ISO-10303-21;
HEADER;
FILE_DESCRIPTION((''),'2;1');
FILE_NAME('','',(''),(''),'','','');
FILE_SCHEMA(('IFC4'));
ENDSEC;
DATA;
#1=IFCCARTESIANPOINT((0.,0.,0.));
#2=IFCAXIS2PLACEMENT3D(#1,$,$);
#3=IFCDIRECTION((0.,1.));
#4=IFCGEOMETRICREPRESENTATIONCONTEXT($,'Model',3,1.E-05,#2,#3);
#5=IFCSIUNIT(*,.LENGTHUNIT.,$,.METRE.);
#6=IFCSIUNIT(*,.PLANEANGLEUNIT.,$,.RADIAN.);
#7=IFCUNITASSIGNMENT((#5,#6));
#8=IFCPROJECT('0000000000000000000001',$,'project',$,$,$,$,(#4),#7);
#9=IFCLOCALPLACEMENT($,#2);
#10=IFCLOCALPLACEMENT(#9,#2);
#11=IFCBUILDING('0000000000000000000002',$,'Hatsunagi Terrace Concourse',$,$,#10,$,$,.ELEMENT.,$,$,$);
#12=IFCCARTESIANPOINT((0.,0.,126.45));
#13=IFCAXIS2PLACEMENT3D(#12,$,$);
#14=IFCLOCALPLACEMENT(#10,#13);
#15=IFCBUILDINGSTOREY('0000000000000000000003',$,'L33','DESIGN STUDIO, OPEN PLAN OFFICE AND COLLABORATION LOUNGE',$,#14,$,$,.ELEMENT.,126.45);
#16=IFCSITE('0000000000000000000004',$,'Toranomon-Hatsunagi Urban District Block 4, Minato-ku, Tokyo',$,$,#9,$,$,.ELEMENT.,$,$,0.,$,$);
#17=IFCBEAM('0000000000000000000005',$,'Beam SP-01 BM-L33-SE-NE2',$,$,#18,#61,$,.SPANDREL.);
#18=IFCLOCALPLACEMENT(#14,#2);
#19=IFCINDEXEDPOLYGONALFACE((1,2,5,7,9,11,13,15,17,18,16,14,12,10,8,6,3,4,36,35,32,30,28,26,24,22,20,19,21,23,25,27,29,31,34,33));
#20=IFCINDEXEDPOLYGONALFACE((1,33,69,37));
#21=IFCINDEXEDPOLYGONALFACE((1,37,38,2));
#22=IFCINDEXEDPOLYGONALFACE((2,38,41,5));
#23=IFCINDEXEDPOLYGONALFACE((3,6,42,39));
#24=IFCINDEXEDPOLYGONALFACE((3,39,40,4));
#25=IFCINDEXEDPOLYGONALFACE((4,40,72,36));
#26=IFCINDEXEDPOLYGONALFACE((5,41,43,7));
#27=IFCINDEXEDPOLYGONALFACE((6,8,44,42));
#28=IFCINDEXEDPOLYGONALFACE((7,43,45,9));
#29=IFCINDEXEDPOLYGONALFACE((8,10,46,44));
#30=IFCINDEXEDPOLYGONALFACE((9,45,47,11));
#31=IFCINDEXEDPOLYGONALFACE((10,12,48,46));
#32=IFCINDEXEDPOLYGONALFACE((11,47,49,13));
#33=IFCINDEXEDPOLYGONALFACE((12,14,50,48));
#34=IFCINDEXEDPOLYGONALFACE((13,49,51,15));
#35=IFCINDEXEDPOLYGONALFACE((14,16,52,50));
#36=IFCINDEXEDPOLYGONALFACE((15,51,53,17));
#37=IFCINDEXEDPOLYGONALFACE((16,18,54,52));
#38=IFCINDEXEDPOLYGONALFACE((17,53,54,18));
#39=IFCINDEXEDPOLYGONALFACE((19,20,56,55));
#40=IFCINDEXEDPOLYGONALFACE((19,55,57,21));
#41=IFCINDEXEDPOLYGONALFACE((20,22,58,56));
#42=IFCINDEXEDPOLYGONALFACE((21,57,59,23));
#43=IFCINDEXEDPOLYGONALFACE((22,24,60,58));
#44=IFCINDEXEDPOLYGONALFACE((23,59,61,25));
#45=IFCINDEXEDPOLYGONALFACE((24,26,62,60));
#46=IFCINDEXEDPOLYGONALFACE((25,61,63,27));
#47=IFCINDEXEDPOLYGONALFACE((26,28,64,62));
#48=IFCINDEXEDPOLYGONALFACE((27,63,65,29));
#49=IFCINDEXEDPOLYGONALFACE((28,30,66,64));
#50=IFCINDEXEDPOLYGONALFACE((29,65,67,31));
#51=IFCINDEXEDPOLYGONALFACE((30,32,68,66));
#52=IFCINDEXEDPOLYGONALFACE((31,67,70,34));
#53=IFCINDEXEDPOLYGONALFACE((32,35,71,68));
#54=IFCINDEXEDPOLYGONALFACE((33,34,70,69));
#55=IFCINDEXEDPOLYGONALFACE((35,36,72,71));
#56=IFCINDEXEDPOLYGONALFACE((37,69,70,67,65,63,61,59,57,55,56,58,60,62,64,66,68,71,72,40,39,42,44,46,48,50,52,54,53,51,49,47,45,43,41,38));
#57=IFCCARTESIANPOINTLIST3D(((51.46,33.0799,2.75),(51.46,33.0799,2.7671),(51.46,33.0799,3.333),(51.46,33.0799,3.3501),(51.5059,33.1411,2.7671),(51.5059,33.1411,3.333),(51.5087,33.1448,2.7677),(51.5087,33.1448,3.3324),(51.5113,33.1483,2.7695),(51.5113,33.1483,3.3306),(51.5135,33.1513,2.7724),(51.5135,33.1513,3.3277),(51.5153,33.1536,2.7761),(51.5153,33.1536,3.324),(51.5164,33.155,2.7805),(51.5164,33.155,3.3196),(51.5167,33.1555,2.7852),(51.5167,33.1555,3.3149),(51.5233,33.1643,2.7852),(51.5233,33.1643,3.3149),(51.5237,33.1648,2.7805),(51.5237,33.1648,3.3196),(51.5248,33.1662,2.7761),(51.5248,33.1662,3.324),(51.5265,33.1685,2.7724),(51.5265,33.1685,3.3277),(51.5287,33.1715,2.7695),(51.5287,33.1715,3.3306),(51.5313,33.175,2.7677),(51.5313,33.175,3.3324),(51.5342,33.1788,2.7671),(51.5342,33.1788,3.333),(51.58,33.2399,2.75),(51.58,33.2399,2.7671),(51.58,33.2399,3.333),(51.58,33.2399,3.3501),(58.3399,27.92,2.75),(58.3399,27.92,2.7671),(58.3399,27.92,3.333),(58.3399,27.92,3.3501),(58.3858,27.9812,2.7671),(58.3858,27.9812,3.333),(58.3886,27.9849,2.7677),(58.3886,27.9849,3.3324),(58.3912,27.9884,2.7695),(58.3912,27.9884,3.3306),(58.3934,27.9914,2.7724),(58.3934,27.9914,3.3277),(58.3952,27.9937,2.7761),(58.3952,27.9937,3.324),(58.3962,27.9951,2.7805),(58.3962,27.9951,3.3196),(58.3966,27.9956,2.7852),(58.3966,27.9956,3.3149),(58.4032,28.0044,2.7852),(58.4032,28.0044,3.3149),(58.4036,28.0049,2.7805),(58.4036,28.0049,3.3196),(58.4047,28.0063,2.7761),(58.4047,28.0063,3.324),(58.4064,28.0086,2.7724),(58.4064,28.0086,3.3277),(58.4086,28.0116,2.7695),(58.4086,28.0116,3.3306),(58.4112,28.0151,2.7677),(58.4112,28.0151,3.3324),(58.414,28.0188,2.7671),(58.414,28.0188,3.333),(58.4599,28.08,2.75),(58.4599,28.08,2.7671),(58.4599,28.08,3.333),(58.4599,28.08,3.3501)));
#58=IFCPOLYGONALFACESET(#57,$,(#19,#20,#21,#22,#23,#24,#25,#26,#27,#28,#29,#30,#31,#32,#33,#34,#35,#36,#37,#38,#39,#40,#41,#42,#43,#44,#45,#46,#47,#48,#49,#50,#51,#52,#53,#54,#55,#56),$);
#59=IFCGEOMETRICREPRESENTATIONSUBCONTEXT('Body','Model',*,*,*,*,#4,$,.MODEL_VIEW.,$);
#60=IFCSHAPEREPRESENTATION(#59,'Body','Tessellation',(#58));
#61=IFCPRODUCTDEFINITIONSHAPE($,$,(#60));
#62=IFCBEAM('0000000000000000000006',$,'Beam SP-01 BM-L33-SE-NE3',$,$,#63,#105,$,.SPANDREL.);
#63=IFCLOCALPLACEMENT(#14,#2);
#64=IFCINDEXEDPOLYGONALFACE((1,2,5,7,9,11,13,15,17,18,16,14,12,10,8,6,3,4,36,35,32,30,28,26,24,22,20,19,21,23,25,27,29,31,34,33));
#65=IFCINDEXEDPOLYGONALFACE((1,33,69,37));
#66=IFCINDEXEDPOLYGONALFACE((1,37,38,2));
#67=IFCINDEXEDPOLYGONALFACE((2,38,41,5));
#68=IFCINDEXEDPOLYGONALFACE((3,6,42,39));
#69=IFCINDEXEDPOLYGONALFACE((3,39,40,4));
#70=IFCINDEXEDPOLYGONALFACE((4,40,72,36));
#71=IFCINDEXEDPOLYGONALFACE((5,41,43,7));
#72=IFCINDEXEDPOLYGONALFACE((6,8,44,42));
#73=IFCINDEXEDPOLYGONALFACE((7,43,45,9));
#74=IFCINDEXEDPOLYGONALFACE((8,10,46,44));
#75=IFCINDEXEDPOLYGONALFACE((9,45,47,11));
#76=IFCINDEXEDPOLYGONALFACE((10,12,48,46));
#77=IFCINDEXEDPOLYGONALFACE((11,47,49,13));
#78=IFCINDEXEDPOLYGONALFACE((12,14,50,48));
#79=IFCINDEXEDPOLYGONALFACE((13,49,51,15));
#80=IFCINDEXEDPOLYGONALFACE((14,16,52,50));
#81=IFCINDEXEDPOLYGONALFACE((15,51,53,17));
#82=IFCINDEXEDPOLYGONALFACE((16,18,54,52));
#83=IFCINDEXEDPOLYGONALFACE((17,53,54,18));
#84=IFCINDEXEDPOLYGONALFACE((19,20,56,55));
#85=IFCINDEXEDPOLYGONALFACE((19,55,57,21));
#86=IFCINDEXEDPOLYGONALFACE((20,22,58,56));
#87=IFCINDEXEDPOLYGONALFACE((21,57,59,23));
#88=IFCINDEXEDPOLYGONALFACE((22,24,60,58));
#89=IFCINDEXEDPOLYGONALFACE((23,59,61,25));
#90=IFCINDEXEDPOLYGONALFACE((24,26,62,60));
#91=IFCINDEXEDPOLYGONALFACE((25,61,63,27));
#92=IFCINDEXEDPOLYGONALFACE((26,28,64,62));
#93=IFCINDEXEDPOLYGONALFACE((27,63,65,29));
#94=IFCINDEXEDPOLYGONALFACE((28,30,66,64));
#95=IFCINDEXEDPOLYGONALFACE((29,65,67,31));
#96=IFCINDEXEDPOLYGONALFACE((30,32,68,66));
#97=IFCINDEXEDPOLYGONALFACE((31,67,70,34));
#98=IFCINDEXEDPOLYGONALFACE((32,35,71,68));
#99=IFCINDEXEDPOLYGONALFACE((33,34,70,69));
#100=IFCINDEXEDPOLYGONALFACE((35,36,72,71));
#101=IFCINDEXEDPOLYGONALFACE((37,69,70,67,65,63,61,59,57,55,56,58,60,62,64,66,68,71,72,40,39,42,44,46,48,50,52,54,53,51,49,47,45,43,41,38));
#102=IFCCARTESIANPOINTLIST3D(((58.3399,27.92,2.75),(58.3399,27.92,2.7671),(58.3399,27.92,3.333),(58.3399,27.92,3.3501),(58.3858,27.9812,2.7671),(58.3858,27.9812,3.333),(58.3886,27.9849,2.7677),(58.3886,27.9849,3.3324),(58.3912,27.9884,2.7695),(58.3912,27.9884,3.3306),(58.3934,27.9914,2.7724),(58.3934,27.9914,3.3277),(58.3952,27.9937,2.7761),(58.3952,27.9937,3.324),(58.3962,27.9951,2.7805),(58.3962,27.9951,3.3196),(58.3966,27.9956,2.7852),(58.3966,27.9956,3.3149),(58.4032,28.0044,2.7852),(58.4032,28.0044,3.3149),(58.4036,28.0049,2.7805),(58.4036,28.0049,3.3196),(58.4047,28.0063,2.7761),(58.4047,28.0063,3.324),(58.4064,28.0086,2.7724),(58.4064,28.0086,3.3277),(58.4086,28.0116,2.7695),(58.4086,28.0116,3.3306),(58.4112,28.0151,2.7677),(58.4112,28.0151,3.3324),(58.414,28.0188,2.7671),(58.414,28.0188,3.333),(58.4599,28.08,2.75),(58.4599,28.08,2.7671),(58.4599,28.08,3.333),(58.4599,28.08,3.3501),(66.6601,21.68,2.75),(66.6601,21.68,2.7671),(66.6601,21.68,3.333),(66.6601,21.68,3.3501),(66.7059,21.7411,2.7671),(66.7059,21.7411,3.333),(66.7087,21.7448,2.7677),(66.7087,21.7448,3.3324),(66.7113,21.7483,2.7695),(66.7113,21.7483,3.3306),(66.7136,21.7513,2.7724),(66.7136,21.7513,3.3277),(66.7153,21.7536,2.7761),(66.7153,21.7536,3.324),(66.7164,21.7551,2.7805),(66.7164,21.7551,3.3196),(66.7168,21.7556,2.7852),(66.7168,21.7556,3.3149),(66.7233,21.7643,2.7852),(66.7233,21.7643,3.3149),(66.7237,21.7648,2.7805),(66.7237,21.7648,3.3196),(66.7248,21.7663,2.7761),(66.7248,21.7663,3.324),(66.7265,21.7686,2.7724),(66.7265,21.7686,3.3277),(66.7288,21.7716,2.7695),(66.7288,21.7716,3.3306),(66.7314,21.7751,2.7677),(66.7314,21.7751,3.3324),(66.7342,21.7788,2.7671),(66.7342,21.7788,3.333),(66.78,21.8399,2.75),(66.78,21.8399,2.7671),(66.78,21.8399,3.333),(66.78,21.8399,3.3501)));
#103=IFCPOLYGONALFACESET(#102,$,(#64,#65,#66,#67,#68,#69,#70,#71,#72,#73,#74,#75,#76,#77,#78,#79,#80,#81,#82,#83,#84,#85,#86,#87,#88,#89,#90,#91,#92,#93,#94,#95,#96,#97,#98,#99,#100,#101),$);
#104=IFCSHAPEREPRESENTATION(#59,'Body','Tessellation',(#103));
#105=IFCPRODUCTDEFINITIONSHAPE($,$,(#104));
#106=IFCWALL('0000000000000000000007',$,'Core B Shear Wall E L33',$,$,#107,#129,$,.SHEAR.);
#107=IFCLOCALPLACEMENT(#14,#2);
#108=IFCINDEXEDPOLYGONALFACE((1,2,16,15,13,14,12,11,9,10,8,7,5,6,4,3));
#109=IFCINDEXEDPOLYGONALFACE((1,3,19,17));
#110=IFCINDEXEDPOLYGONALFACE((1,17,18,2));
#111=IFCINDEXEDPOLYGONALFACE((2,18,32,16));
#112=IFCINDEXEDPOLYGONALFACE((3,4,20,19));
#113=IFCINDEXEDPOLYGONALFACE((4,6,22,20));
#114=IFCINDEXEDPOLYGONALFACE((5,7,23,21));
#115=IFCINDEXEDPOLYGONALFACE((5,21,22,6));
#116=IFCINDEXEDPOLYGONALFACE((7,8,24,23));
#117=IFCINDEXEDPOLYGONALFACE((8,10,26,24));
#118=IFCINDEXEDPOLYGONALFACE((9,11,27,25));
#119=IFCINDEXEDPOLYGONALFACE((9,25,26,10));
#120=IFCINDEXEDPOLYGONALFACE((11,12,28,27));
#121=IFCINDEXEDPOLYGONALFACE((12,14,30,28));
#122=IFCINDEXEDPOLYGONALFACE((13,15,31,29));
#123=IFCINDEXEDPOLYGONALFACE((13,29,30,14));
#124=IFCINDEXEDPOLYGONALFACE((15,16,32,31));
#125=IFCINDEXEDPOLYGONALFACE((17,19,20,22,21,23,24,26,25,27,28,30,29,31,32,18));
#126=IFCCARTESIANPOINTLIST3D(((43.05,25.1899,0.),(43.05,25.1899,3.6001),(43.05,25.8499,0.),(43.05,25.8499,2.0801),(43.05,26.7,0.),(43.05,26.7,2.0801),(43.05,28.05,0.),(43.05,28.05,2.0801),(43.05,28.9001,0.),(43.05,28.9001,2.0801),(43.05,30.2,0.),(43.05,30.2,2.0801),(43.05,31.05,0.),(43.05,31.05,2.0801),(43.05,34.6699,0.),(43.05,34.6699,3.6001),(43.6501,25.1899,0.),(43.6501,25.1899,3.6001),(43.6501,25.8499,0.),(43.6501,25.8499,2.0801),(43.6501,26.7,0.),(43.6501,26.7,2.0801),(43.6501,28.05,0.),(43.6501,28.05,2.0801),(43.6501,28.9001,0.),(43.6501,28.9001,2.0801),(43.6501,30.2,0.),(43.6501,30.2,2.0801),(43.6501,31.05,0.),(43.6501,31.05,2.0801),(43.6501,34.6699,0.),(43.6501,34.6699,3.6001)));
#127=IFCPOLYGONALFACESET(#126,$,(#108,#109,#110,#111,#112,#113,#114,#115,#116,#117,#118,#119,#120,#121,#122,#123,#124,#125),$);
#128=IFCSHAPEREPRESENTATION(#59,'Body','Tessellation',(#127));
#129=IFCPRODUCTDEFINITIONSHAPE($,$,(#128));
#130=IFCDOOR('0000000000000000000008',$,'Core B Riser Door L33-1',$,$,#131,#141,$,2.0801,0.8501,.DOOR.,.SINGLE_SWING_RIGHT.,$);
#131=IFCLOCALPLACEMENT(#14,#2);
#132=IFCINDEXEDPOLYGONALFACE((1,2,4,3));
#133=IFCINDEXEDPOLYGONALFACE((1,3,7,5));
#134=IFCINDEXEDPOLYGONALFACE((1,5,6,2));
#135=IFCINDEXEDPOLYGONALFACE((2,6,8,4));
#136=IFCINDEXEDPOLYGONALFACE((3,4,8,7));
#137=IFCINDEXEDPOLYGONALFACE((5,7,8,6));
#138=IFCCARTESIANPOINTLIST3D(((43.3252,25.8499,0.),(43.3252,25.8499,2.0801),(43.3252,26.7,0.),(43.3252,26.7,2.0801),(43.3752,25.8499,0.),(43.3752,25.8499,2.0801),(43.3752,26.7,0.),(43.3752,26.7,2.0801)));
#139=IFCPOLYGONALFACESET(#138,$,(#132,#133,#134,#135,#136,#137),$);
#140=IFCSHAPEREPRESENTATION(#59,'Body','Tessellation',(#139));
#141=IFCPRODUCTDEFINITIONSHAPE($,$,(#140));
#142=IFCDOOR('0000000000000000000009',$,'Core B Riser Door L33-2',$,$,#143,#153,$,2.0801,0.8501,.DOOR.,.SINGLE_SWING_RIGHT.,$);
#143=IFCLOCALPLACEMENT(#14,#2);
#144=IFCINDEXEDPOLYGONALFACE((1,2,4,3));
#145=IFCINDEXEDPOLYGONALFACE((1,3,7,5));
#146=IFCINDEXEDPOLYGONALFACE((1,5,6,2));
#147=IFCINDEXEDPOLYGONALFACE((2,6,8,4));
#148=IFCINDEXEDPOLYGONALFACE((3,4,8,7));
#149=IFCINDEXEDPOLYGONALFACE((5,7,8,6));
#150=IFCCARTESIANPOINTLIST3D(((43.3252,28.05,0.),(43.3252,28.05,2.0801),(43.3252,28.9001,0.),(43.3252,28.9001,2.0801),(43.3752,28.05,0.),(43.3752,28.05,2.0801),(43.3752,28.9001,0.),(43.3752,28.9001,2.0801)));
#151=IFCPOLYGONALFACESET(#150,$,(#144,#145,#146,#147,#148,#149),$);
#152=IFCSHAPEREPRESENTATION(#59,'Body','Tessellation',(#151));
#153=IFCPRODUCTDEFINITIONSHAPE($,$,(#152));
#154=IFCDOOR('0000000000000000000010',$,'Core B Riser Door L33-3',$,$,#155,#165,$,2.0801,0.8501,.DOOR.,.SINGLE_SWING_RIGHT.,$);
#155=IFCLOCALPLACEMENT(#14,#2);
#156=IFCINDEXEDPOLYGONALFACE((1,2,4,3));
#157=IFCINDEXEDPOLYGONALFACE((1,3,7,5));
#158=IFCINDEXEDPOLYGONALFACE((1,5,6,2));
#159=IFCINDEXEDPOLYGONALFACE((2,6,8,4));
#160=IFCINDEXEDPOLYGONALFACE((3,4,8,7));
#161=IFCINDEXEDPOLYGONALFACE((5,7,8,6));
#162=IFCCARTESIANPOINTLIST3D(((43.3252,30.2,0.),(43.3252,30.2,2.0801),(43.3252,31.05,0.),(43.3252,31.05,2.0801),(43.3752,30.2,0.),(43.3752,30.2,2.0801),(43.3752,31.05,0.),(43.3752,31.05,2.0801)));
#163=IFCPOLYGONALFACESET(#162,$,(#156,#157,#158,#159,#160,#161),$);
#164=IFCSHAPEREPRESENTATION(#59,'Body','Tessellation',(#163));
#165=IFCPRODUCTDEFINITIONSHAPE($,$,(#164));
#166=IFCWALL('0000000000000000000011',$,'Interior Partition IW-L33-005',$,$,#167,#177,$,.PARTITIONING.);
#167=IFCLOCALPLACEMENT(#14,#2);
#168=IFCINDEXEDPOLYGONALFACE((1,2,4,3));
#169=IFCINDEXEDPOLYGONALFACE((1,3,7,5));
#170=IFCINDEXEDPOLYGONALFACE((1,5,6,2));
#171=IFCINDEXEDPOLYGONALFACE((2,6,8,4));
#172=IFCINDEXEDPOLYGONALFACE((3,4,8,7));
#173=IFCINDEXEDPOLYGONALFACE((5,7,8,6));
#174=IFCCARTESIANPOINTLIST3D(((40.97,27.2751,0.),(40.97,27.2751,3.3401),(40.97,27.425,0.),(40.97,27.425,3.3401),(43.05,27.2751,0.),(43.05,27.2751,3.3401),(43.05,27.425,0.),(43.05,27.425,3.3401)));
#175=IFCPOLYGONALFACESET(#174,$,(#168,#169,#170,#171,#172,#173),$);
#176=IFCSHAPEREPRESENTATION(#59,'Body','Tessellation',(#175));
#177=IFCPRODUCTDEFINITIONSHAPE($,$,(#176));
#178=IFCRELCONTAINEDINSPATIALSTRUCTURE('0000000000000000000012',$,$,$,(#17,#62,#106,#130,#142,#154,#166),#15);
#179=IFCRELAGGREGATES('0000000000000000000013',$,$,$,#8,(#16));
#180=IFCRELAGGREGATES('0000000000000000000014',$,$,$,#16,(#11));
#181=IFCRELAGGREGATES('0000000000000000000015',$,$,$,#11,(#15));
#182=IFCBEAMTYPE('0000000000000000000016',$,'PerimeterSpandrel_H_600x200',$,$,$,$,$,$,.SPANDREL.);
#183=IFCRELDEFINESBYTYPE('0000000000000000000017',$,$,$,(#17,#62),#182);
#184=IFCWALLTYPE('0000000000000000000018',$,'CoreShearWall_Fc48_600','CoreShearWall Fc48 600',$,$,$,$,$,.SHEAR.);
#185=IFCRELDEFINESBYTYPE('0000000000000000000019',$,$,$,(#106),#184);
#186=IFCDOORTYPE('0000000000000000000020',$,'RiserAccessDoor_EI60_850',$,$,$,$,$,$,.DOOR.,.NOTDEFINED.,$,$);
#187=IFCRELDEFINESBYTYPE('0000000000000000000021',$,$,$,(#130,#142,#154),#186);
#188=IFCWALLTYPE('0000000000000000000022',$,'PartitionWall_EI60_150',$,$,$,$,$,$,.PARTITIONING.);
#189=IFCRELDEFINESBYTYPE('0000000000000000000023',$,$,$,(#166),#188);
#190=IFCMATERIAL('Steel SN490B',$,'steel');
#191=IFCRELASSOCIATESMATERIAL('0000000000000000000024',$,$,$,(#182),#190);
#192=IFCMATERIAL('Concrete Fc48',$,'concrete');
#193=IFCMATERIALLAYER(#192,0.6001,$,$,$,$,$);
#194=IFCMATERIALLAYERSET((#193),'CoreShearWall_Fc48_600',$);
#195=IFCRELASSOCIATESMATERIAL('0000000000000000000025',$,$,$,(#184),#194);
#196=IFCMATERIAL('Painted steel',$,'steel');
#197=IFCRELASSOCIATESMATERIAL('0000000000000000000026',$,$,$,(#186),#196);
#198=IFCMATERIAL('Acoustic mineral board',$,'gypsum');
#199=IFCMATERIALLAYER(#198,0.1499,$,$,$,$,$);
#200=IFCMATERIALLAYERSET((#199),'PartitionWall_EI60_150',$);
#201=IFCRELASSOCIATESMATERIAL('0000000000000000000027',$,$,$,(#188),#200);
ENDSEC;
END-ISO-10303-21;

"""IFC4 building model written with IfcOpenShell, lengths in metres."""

from ifc_helpers import new_model, si_unit, direction, frame, frame_2d, origin, origin_2d, place, context, subcontext, project, spatial, rectangle, i_section, extrude, material, layer, layer_set, material_profile, profile_set, type_object, element, fill, save


model = new_model("IFC4")

# Units and contexts
model_context = context("Model", 3, precision=1e-05, world=origin(), true_north=direction((0.0, 1.0)))
body_context = subcontext(model_context, "Body", "Model", "MODEL_VIEW")
ifc_project = project(units=[si_unit("LENGTHUNIT", "METRE"), si_unit("PLANEANGLEUNIT", "RADIAN")], contexts=[model_context])

# Site, building, storey
site_placement = place(None, origin())
site = spatial("IfcSite", under=ifc_project, at=site_placement, Name="Toranomon-Hatsunagi Urban District Block 4, Minato-ku, Tokyo", CompositionType="ELEMENT", RefElevation=0.0)
building_placement = place(site_placement, origin())
building = spatial("IfcBuilding", under=site, at=building_placement, Name="Hatsunagi Terrace Concourse", CompositionType="ELEMENT")
storey_placement = place(building_placement, frame((0.0, 0.0, 126.45)))
storey = spatial("IfcBuildingStorey", under=building, at=storey_placement, Name="L33", Description="DESIGN STUDIO, OPEN PLAN OFFICE AND COLLABORATION LOUNGE", CompositionType="ELEMENT", Elevation=126.45)

# Beams
ifc_material_1 = material(Name="Steel SN490B", Category="steel")
ifc_material_profile_1 = material_profile(ifc_material_1, i_section(OverallWidth=0.2, OverallDepth=0.6001, WebThickness=0.011, FlangeThickness=0.0171, FilletRadius=0.0181, at=origin_2d()), Name="H-600x200x11x17")
ifc_profile_set_1 = profile_set([ifc_material_profile_1], Name="Steel SN490B")
beam_type_1 = type_object("IfcBeamType", Name="PerimeterSpandrel_H_600x200", PredefinedType="SPANDREL", material=ifc_profile_set_1)
beam_1_placement = place(storey_placement, frame((51.52, 33.1599, 3.05), z_axis=(0.8, -0.6, 0.0), x_axis=(0.6, 0.8, 0.0)))
element("IfcBeam", 1, at=beam_1_placement, inside=storey, type_object=beam_type_1, Name="Beam SP-01 BM-L33-SE-NE2", PredefinedType="SPANDREL", context=body_context, shape_type="SweptSolid", body=[
    extrude(i_section(OverallWidth=0.2, OverallDepth=0.6001, WebThickness=0.011, FlangeThickness=0.0171, FilletRadius=0.0181, at=origin_2d()), origin(), (0.0, 0.0, 1.0), 8.5999),
])
beam_2_placement = place(storey_placement, frame((58.3999, 28.0, 3.05), z_axis=(0.800003, -0.599996, 0.0), x_axis=(0.599996, 0.800003, 0.0)))
element("IfcBeam", 2, at=beam_2_placement, inside=storey, type_object=beam_type_1, Name="Beam SP-01 BM-L33-SE-NE3", PredefinedType="SPANDREL", context=body_context, shape_type="SweptSolid", body=[
    extrude(i_section(OverallWidth=0.2, OverallDepth=0.6001, WebThickness=0.011, FlangeThickness=0.0171, FilletRadius=0.0181, at=origin_2d()), origin(), (0.0, 0.0, 1.0), 10.4001),
])

# Wall, openings, doors
ifc_material_2 = material(Name="Concrete Fc48", Category="concrete")
ifc_layer_1 = layer(ifc_material_2, 0.6001)
ifc_layer_set_1 = layer_set([ifc_layer_1], Name="CoreShearWall_Fc48_600")
wall_type_1 = type_object("IfcWallType", Name="CoreShearWall_Fc48_600", Description="CoreShearWall Fc48 600", PredefinedType="SHEAR", material=ifc_layer_set_1)
wall_1_placement = place(storey_placement, frame((43.3501, 25.1899, 0.0), z_axis=(0.0, 0.0, 1.0), x_axis=(0.0, 1.0, 0.0)))
wall_1 = element("IfcWall", 3, at=wall_1_placement, inside=storey, type_object=wall_type_1, Name="Core B Shear Wall E L33", PredefinedType="SHEAR", context=body_context, shape_type="SweptSolid", body=[
    extrude(rectangle(XDim=9.48, YDim=0.6001, at=frame_2d((4.74, 0.0))), origin(), (0.0, 0.0, 1.0), 3.6001),
])
opening_1_placement = place(wall_1_placement, frame((0.6599, 0.0, 0.0)))
opening_1 = element("IfcOpeningElement", 4, at=opening_1_placement, cuts=wall_1, PredefinedType="OPENING", context=body_context, shape_type="SweptSolid", body=[
    extrude(rectangle(XDim=0.8501, YDim=2.0801, at=frame_2d((0.425, 1.04))), frame((0.0, 0.3101, 0.0), z_axis=(0.0, -1.0, 0.0), x_axis=(1.0, 0.0, 0.0)), (0.0, 0.0, 1.0), 0.6201),
])
opening_2_placement = place(wall_1_placement, frame((2.8601, 0.0, 0.0)))
opening_2 = element("IfcOpeningElement", 5, at=opening_2_placement, cuts=wall_1, PredefinedType="OPENING", context=body_context, shape_type="SweptSolid", body=[
    extrude(rectangle(XDim=0.8501, YDim=2.0801, at=frame_2d((0.425, 1.04))), frame((0.0, 0.3101, 0.0), z_axis=(0.0, -1.0, 0.0), x_axis=(1.0, 0.0, 0.0)), (0.0, 0.0, 1.0), 0.6201),
])
opening_3_placement = place(wall_1_placement, frame((5.01, 0.0, 0.0)))
opening_3 = element("IfcOpeningElement", 6, at=opening_3_placement, cuts=wall_1, PredefinedType="OPENING", context=body_context, shape_type="SweptSolid", body=[
    extrude(rectangle(XDim=0.8501, YDim=2.0801, at=frame_2d((0.425, 1.04))), frame((0.0, 0.3101, 0.0), z_axis=(0.0, -1.0, 0.0), x_axis=(1.0, 0.0, 0.0)), (0.0, 0.0, 1.0), 0.6201),
])
ifc_material_3 = material(Name="Painted steel", Category="steel")
door_type_1 = type_object("IfcDoorType", Name="RiserAccessDoor_EI60_850", OperationType="NOTDEFINED", PredefinedType="DOOR", material=ifc_material_3)
door_1_placement = place(opening_1_placement, origin())
door_1 = element("IfcDoor", 7, at=door_1_placement, inside=storey, type_object=door_type_1, Name="Core B Riser Door L33-1", OperationType="SINGLE_SWING_RIGHT", OverallHeight=2.0801, OverallWidth=0.8501, PredefinedType="DOOR", context=body_context, shape_type="SweptSolid", body=[
    extrude(rectangle(XDim=0.8501, YDim=2.0801, at=frame_2d((0.425, 1.04))), frame((0.0, 0.0249, 0.0), z_axis=(0.0, -1.0, 0.0), x_axis=(1.0, 0.0, 0.0)), (0.0, 0.0, 1.0), 0.05),
])
fill(opening_1, door_1)
door_2_placement = place(opening_2_placement, origin())
door_2 = element("IfcDoor", 8, at=door_2_placement, inside=storey, type_object=door_type_1, Name="Core B Riser Door L33-2", OperationType="SINGLE_SWING_RIGHT", OverallHeight=2.0801, OverallWidth=0.8501, PredefinedType="DOOR", context=body_context, shape_type="SweptSolid", body=[
    extrude(rectangle(XDim=0.8501, YDim=2.0801, at=frame_2d((0.425, 1.04))), frame((0.0, 0.0249, 0.0), z_axis=(0.0, -1.0, 0.0), x_axis=(1.0, 0.0, 0.0)), (0.0, 0.0, 1.0), 0.05),
])
fill(opening_2, door_2)
door_3_placement = place(opening_3_placement, origin())
door_3 = element("IfcDoor", 9, at=door_3_placement, inside=storey, type_object=door_type_1, Name="Core B Riser Door L33-3", OperationType="SINGLE_SWING_RIGHT", OverallHeight=2.0801, OverallWidth=0.8501, PredefinedType="DOOR", context=body_context, shape_type="SweptSolid", body=[
    extrude(rectangle(XDim=0.8501, YDim=2.0801, at=frame_2d((0.425, 1.04))), frame((0.0, 0.0249, 0.0), z_axis=(0.0, -1.0, 0.0), x_axis=(1.0, 0.0, 0.0)), (0.0, 0.0, 1.0), 0.05),
])
fill(opening_3, door_3)

# Wall
ifc_material_4 = material(Name="Acoustic mineral board", Category="gypsum")
ifc_layer_2 = layer(ifc_material_4, 0.1499)
ifc_layer_set_2 = layer_set([ifc_layer_2], Name="PartitionWall_EI60_150")
wall_type_2 = type_object("IfcWallType", Name="PartitionWall_EI60_150", PredefinedType="PARTITIONING", material=ifc_layer_set_2)
for number, where, z_axis, x_axis, name in (
    (10, (40.97, 27.3501, 0.0), (0.0, 0.0, 1.0), (1.0, 0.0, 0.0), "Interior Partition IW-L33-005"),
):
    element("IfcWall", number, at=place(storey_placement, frame(where, z_axis=z_axis, x_axis=x_axis)), inside=storey, type_object=wall_type_2, Name=name, PredefinedType="PARTITIONING", context=body_context, shape_type="SweptSolid", body=[
        extrude(rectangle(XDim=2.0801, YDim=0.1499, at=frame_2d((1.04, 0.0))), origin(), (0.0, 0.0, 1.0), 3.3401),
    ])

save(model, "model.ifc")
